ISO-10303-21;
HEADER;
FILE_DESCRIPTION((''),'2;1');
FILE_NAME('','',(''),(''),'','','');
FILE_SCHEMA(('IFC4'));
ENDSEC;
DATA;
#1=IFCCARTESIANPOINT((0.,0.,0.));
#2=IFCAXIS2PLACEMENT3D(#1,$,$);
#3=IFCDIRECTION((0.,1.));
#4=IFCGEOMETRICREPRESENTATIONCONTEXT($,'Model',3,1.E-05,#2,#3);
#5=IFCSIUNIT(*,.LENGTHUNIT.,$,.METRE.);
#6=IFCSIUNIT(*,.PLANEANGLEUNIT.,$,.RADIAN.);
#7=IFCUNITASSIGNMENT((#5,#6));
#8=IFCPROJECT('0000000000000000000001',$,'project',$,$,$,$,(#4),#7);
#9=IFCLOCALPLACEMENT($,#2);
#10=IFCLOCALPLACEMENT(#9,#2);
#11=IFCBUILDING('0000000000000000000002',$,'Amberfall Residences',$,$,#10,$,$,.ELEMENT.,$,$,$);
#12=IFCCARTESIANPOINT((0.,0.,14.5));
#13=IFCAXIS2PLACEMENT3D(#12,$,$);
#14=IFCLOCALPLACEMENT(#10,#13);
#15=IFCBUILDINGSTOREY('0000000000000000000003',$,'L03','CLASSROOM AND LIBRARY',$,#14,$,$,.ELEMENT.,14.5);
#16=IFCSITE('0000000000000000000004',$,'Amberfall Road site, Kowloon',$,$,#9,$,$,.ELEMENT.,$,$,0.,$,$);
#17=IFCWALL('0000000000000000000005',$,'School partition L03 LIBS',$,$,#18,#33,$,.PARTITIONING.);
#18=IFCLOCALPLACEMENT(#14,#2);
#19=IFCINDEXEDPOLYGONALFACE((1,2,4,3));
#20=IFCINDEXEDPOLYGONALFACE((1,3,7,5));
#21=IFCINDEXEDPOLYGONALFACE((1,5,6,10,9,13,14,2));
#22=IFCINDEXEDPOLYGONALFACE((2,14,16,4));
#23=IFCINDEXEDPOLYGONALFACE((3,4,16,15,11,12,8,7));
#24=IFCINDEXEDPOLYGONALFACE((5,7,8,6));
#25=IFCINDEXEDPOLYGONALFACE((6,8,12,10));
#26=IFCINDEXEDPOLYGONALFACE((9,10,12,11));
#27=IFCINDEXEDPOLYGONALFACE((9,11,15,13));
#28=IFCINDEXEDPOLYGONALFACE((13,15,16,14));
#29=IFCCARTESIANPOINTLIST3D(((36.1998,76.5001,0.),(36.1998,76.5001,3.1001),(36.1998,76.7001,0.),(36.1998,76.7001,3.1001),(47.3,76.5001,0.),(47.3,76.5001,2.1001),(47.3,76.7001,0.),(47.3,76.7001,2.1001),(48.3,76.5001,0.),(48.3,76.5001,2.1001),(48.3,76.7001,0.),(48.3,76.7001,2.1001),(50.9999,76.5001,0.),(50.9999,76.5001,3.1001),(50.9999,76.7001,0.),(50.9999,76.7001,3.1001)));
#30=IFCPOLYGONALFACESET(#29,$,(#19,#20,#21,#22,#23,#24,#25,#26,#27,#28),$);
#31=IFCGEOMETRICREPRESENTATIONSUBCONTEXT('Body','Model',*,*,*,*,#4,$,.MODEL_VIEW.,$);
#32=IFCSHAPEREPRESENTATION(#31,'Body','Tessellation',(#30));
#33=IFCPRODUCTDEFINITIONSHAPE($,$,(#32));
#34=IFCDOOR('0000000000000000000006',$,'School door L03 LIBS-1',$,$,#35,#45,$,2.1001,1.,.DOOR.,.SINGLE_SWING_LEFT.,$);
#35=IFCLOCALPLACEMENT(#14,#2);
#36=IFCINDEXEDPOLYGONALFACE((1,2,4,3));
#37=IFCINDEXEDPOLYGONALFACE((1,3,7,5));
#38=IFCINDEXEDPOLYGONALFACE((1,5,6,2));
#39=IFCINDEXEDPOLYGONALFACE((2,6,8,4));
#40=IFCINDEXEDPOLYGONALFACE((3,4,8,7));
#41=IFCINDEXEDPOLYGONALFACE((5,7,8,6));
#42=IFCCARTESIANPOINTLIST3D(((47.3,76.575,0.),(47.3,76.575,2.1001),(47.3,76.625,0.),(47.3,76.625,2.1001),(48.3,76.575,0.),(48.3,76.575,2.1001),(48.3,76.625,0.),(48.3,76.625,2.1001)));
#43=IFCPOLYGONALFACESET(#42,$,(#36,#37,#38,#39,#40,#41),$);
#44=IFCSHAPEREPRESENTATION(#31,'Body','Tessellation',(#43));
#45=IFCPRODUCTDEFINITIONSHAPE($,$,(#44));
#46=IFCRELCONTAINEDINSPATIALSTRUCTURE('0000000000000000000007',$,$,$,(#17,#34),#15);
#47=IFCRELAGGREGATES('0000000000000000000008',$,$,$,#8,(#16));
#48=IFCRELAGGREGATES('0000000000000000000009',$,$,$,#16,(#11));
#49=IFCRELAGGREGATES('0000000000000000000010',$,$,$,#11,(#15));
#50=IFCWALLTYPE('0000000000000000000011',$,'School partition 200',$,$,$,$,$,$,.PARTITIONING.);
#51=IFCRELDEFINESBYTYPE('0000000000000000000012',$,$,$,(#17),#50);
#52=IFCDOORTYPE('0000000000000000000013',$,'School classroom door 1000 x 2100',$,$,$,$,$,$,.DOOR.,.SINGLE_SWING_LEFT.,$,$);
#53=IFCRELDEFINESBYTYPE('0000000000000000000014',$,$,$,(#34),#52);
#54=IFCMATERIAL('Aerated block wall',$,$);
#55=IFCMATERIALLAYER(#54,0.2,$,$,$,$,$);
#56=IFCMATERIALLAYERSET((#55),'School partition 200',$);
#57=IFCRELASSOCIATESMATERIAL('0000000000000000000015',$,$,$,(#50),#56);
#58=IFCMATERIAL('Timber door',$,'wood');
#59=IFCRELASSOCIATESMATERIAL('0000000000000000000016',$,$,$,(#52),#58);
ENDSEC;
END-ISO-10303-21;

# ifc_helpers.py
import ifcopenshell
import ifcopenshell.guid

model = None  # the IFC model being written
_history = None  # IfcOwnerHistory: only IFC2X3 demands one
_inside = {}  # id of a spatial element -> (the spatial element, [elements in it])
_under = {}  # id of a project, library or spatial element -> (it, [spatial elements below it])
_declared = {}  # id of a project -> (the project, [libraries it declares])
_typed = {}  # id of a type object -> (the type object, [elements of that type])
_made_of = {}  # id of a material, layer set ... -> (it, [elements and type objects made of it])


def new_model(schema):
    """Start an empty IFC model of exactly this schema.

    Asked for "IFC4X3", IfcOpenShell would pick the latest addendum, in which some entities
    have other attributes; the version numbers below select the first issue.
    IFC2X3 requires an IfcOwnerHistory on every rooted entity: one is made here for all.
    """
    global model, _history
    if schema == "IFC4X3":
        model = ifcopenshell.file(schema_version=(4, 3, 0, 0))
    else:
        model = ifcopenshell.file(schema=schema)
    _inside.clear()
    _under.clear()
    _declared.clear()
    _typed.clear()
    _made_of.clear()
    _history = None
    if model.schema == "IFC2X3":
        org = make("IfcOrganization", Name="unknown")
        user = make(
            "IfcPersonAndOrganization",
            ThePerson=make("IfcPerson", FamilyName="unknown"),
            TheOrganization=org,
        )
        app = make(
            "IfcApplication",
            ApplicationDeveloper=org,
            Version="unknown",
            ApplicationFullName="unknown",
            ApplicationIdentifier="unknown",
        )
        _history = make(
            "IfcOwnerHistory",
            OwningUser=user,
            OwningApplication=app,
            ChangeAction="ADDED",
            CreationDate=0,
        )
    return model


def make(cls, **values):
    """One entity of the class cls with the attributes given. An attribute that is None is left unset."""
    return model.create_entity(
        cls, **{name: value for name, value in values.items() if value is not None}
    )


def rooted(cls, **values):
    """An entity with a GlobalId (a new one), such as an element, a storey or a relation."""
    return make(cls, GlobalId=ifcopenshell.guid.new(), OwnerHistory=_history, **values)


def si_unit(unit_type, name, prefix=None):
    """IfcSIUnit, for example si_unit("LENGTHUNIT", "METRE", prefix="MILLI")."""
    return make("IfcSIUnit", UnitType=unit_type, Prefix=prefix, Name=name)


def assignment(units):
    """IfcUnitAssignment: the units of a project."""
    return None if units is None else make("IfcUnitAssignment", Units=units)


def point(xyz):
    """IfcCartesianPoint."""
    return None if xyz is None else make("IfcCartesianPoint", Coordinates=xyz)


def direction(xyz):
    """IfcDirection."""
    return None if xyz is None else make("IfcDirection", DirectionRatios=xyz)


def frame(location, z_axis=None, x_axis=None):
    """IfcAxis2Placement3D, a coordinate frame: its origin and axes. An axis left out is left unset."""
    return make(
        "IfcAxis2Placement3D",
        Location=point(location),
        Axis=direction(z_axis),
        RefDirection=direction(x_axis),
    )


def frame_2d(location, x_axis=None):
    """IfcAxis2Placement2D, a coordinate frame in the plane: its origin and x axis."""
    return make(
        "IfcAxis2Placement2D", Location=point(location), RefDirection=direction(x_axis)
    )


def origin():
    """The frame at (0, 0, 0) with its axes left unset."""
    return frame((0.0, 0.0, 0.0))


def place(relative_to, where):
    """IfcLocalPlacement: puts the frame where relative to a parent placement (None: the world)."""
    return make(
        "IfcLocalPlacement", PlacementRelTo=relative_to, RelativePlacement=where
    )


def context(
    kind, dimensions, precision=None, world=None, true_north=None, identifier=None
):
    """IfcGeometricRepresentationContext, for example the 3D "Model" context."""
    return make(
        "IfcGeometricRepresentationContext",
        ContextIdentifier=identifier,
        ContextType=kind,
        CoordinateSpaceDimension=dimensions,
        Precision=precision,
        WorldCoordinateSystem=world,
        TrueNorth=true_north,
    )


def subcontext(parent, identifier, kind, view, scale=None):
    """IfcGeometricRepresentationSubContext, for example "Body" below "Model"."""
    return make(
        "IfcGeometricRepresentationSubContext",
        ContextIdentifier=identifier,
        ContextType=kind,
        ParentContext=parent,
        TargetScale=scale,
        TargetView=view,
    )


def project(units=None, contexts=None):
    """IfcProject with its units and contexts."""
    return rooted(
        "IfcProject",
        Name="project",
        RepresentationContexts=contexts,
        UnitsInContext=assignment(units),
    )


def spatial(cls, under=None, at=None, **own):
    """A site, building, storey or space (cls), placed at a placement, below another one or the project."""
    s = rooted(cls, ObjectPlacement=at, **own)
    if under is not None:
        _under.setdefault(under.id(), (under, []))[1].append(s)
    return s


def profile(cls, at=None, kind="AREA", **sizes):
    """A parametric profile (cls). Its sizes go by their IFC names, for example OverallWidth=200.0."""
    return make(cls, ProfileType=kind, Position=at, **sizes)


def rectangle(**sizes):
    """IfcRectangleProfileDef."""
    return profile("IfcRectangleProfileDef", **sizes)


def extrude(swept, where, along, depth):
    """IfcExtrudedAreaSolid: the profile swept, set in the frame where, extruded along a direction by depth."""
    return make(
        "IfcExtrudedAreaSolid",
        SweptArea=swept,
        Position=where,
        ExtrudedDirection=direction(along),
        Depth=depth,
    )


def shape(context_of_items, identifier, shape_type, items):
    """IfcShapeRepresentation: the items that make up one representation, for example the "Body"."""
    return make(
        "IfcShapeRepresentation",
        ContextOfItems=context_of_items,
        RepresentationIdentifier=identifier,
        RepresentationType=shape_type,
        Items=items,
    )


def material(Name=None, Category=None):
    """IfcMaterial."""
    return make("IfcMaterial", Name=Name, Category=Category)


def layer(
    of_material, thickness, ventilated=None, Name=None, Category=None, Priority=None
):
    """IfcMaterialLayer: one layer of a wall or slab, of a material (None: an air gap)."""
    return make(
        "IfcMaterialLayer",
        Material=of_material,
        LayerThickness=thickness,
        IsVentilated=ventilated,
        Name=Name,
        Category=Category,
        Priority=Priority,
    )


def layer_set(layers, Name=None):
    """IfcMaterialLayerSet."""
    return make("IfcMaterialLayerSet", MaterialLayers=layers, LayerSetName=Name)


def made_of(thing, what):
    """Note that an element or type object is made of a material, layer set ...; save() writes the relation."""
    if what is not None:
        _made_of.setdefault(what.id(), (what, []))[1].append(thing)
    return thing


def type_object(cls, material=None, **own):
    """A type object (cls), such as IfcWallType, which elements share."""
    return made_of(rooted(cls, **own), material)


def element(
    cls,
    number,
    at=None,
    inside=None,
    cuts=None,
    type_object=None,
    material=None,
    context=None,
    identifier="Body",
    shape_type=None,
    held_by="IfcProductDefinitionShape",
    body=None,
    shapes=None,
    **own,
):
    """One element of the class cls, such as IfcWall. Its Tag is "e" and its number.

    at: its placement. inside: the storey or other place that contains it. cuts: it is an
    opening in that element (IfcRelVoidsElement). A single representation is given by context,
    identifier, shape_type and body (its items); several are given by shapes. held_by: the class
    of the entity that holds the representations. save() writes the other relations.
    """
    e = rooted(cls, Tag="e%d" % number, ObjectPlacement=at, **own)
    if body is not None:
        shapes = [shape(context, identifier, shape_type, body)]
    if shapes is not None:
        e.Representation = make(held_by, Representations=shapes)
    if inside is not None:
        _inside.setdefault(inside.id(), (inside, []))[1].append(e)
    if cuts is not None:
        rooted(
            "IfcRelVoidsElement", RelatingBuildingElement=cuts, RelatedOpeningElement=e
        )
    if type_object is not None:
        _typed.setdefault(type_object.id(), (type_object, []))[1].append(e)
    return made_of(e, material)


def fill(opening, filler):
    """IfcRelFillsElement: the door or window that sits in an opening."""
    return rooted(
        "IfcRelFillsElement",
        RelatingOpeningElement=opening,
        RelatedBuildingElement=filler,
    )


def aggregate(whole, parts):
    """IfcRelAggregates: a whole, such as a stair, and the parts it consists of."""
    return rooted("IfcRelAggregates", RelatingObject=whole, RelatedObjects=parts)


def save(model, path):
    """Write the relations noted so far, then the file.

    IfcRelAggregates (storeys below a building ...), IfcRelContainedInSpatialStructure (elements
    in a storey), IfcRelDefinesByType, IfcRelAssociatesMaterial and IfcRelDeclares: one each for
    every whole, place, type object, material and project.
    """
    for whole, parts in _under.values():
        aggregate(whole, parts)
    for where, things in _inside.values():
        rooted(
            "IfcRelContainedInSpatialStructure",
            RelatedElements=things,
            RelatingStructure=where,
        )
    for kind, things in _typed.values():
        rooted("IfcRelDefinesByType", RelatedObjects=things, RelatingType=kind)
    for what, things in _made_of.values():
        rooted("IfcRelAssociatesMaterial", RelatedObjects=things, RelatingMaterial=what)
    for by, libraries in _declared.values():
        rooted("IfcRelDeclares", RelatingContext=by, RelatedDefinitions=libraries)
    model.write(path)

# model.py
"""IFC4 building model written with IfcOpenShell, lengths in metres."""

from ifc_helpers import new_model, si_unit, direction, frame, frame_2d, origin, place, context, subcontext, project, spatial, rectangle, extrude, material, layer, layer_set, type_object, element, fill, save


model = new_model("IFC4")

# Units and contexts
model_context = context("Model", 3, precision=1e-05, world=origin(), true_north=direction((0.0, 1.0)))
body_context = subcontext(model_context, "Body", "Model", "MODEL_VIEW")
ifc_project = project(units=[si_unit("LENGTHUNIT", "METRE"), si_unit("PLANEANGLEUNIT", "RADIAN")], contexts=[model_context])

# Site, building, storey
site_placement = place(None, origin())
site = spatial("IfcSite", under=ifc_project, at=site_placement, Name="Amberfall Road site, Kowloon", CompositionType="ELEMENT", RefElevation=0.0)
building_placement = place(site_placement, origin())
building = spatial("IfcBuilding", under=site, at=building_placement, Name="Amberfall Residences", CompositionType="ELEMENT")
storey_placement = place(building_placement, frame((0.0, 0.0, 14.5)))
storey = spatial("IfcBuildingStorey", under=building, at=storey_placement, Name="L03", Description="CLASSROOM AND LIBRARY", CompositionType="ELEMENT", Elevation=14.5)

# Shared definitions
ifc_material_1 = material(Name="Aerated block wall")

# Wall, opening, door
ifc_layer_1 = layer(ifc_material_1, 0.2)
ifc_layer_set_1 = layer_set([ifc_layer_1], Name="School partition 200")
wall_type_1 = type_object("IfcWallType", Name="School partition 200", PredefinedType="PARTITIONING", material=ifc_layer_set_1)
wall_1_placement = place(storey_placement, frame((36.2, 76.6001, 0.0), z_axis=(0.0, 0.0, 1.0), x_axis=(1.0, 0.0, 0.0)))
wall_1 = element("IfcWall", 1, at=wall_1_placement, inside=storey, type_object=wall_type_1, Name="School partition L03 LIBS", PredefinedType="PARTITIONING", context=body_context, shape_type="SweptSolid", body=[
    extrude(rectangle(XDim=14.8, YDim=0.2, at=frame_2d((7.3999, 0.0))), origin(), (0.0, 0.0, 1.0), 3.1001),
])
opening_1_placement = place(wall_1_placement, frame((11.1001, 0.0, 0.0)))
opening_1 = element("IfcOpeningElement", 2, at=opening_1_placement, cuts=wall_1, PredefinedType="OPENING", context=body_context, shape_type="SweptSolid", body=[
    extrude(rectangle(XDim=1.0, YDim=2.1001, at=frame_2d((0.5, 1.05))), frame((0.0, 0.1099, 0.0), z_axis=(0.0, -1.0, 0.0), x_axis=(1.0, 0.0, 0.0)), (0.0, 0.0, 1.0), 0.22),
])
ifc_material_2 = material(Name="Timber door", Category="wood")
door_type = type_object("IfcDoorType", Name="School classroom door 1000 x 2100", OperationType="SINGLE_SWING_LEFT", PredefinedType="DOOR", material=ifc_material_2)
door_placement = place(opening_1_placement, origin())
door = element("IfcDoor", 3, at=door_placement, inside=storey, type_object=door_type, Name="School door L03 LIBS-1", OperationType="SINGLE_SWING_LEFT", OverallHeight=2.1001, OverallWidth=1.0, PredefinedType="DOOR", context=body_context, shape_type="SweptSolid", body=[
    extrude(rectangle(XDim=1.0, YDim=2.1001, at=frame_2d((0.5, 1.05))), frame((0.0, 0.0249, 0.0), z_axis=(0.0, -1.0, 0.0), x_axis=(1.0, 0.0, 0.0)), (0.0, 0.0, 1.0), 0.05),
])
fill(opening_1, door)

save(model, "model.ifc")
